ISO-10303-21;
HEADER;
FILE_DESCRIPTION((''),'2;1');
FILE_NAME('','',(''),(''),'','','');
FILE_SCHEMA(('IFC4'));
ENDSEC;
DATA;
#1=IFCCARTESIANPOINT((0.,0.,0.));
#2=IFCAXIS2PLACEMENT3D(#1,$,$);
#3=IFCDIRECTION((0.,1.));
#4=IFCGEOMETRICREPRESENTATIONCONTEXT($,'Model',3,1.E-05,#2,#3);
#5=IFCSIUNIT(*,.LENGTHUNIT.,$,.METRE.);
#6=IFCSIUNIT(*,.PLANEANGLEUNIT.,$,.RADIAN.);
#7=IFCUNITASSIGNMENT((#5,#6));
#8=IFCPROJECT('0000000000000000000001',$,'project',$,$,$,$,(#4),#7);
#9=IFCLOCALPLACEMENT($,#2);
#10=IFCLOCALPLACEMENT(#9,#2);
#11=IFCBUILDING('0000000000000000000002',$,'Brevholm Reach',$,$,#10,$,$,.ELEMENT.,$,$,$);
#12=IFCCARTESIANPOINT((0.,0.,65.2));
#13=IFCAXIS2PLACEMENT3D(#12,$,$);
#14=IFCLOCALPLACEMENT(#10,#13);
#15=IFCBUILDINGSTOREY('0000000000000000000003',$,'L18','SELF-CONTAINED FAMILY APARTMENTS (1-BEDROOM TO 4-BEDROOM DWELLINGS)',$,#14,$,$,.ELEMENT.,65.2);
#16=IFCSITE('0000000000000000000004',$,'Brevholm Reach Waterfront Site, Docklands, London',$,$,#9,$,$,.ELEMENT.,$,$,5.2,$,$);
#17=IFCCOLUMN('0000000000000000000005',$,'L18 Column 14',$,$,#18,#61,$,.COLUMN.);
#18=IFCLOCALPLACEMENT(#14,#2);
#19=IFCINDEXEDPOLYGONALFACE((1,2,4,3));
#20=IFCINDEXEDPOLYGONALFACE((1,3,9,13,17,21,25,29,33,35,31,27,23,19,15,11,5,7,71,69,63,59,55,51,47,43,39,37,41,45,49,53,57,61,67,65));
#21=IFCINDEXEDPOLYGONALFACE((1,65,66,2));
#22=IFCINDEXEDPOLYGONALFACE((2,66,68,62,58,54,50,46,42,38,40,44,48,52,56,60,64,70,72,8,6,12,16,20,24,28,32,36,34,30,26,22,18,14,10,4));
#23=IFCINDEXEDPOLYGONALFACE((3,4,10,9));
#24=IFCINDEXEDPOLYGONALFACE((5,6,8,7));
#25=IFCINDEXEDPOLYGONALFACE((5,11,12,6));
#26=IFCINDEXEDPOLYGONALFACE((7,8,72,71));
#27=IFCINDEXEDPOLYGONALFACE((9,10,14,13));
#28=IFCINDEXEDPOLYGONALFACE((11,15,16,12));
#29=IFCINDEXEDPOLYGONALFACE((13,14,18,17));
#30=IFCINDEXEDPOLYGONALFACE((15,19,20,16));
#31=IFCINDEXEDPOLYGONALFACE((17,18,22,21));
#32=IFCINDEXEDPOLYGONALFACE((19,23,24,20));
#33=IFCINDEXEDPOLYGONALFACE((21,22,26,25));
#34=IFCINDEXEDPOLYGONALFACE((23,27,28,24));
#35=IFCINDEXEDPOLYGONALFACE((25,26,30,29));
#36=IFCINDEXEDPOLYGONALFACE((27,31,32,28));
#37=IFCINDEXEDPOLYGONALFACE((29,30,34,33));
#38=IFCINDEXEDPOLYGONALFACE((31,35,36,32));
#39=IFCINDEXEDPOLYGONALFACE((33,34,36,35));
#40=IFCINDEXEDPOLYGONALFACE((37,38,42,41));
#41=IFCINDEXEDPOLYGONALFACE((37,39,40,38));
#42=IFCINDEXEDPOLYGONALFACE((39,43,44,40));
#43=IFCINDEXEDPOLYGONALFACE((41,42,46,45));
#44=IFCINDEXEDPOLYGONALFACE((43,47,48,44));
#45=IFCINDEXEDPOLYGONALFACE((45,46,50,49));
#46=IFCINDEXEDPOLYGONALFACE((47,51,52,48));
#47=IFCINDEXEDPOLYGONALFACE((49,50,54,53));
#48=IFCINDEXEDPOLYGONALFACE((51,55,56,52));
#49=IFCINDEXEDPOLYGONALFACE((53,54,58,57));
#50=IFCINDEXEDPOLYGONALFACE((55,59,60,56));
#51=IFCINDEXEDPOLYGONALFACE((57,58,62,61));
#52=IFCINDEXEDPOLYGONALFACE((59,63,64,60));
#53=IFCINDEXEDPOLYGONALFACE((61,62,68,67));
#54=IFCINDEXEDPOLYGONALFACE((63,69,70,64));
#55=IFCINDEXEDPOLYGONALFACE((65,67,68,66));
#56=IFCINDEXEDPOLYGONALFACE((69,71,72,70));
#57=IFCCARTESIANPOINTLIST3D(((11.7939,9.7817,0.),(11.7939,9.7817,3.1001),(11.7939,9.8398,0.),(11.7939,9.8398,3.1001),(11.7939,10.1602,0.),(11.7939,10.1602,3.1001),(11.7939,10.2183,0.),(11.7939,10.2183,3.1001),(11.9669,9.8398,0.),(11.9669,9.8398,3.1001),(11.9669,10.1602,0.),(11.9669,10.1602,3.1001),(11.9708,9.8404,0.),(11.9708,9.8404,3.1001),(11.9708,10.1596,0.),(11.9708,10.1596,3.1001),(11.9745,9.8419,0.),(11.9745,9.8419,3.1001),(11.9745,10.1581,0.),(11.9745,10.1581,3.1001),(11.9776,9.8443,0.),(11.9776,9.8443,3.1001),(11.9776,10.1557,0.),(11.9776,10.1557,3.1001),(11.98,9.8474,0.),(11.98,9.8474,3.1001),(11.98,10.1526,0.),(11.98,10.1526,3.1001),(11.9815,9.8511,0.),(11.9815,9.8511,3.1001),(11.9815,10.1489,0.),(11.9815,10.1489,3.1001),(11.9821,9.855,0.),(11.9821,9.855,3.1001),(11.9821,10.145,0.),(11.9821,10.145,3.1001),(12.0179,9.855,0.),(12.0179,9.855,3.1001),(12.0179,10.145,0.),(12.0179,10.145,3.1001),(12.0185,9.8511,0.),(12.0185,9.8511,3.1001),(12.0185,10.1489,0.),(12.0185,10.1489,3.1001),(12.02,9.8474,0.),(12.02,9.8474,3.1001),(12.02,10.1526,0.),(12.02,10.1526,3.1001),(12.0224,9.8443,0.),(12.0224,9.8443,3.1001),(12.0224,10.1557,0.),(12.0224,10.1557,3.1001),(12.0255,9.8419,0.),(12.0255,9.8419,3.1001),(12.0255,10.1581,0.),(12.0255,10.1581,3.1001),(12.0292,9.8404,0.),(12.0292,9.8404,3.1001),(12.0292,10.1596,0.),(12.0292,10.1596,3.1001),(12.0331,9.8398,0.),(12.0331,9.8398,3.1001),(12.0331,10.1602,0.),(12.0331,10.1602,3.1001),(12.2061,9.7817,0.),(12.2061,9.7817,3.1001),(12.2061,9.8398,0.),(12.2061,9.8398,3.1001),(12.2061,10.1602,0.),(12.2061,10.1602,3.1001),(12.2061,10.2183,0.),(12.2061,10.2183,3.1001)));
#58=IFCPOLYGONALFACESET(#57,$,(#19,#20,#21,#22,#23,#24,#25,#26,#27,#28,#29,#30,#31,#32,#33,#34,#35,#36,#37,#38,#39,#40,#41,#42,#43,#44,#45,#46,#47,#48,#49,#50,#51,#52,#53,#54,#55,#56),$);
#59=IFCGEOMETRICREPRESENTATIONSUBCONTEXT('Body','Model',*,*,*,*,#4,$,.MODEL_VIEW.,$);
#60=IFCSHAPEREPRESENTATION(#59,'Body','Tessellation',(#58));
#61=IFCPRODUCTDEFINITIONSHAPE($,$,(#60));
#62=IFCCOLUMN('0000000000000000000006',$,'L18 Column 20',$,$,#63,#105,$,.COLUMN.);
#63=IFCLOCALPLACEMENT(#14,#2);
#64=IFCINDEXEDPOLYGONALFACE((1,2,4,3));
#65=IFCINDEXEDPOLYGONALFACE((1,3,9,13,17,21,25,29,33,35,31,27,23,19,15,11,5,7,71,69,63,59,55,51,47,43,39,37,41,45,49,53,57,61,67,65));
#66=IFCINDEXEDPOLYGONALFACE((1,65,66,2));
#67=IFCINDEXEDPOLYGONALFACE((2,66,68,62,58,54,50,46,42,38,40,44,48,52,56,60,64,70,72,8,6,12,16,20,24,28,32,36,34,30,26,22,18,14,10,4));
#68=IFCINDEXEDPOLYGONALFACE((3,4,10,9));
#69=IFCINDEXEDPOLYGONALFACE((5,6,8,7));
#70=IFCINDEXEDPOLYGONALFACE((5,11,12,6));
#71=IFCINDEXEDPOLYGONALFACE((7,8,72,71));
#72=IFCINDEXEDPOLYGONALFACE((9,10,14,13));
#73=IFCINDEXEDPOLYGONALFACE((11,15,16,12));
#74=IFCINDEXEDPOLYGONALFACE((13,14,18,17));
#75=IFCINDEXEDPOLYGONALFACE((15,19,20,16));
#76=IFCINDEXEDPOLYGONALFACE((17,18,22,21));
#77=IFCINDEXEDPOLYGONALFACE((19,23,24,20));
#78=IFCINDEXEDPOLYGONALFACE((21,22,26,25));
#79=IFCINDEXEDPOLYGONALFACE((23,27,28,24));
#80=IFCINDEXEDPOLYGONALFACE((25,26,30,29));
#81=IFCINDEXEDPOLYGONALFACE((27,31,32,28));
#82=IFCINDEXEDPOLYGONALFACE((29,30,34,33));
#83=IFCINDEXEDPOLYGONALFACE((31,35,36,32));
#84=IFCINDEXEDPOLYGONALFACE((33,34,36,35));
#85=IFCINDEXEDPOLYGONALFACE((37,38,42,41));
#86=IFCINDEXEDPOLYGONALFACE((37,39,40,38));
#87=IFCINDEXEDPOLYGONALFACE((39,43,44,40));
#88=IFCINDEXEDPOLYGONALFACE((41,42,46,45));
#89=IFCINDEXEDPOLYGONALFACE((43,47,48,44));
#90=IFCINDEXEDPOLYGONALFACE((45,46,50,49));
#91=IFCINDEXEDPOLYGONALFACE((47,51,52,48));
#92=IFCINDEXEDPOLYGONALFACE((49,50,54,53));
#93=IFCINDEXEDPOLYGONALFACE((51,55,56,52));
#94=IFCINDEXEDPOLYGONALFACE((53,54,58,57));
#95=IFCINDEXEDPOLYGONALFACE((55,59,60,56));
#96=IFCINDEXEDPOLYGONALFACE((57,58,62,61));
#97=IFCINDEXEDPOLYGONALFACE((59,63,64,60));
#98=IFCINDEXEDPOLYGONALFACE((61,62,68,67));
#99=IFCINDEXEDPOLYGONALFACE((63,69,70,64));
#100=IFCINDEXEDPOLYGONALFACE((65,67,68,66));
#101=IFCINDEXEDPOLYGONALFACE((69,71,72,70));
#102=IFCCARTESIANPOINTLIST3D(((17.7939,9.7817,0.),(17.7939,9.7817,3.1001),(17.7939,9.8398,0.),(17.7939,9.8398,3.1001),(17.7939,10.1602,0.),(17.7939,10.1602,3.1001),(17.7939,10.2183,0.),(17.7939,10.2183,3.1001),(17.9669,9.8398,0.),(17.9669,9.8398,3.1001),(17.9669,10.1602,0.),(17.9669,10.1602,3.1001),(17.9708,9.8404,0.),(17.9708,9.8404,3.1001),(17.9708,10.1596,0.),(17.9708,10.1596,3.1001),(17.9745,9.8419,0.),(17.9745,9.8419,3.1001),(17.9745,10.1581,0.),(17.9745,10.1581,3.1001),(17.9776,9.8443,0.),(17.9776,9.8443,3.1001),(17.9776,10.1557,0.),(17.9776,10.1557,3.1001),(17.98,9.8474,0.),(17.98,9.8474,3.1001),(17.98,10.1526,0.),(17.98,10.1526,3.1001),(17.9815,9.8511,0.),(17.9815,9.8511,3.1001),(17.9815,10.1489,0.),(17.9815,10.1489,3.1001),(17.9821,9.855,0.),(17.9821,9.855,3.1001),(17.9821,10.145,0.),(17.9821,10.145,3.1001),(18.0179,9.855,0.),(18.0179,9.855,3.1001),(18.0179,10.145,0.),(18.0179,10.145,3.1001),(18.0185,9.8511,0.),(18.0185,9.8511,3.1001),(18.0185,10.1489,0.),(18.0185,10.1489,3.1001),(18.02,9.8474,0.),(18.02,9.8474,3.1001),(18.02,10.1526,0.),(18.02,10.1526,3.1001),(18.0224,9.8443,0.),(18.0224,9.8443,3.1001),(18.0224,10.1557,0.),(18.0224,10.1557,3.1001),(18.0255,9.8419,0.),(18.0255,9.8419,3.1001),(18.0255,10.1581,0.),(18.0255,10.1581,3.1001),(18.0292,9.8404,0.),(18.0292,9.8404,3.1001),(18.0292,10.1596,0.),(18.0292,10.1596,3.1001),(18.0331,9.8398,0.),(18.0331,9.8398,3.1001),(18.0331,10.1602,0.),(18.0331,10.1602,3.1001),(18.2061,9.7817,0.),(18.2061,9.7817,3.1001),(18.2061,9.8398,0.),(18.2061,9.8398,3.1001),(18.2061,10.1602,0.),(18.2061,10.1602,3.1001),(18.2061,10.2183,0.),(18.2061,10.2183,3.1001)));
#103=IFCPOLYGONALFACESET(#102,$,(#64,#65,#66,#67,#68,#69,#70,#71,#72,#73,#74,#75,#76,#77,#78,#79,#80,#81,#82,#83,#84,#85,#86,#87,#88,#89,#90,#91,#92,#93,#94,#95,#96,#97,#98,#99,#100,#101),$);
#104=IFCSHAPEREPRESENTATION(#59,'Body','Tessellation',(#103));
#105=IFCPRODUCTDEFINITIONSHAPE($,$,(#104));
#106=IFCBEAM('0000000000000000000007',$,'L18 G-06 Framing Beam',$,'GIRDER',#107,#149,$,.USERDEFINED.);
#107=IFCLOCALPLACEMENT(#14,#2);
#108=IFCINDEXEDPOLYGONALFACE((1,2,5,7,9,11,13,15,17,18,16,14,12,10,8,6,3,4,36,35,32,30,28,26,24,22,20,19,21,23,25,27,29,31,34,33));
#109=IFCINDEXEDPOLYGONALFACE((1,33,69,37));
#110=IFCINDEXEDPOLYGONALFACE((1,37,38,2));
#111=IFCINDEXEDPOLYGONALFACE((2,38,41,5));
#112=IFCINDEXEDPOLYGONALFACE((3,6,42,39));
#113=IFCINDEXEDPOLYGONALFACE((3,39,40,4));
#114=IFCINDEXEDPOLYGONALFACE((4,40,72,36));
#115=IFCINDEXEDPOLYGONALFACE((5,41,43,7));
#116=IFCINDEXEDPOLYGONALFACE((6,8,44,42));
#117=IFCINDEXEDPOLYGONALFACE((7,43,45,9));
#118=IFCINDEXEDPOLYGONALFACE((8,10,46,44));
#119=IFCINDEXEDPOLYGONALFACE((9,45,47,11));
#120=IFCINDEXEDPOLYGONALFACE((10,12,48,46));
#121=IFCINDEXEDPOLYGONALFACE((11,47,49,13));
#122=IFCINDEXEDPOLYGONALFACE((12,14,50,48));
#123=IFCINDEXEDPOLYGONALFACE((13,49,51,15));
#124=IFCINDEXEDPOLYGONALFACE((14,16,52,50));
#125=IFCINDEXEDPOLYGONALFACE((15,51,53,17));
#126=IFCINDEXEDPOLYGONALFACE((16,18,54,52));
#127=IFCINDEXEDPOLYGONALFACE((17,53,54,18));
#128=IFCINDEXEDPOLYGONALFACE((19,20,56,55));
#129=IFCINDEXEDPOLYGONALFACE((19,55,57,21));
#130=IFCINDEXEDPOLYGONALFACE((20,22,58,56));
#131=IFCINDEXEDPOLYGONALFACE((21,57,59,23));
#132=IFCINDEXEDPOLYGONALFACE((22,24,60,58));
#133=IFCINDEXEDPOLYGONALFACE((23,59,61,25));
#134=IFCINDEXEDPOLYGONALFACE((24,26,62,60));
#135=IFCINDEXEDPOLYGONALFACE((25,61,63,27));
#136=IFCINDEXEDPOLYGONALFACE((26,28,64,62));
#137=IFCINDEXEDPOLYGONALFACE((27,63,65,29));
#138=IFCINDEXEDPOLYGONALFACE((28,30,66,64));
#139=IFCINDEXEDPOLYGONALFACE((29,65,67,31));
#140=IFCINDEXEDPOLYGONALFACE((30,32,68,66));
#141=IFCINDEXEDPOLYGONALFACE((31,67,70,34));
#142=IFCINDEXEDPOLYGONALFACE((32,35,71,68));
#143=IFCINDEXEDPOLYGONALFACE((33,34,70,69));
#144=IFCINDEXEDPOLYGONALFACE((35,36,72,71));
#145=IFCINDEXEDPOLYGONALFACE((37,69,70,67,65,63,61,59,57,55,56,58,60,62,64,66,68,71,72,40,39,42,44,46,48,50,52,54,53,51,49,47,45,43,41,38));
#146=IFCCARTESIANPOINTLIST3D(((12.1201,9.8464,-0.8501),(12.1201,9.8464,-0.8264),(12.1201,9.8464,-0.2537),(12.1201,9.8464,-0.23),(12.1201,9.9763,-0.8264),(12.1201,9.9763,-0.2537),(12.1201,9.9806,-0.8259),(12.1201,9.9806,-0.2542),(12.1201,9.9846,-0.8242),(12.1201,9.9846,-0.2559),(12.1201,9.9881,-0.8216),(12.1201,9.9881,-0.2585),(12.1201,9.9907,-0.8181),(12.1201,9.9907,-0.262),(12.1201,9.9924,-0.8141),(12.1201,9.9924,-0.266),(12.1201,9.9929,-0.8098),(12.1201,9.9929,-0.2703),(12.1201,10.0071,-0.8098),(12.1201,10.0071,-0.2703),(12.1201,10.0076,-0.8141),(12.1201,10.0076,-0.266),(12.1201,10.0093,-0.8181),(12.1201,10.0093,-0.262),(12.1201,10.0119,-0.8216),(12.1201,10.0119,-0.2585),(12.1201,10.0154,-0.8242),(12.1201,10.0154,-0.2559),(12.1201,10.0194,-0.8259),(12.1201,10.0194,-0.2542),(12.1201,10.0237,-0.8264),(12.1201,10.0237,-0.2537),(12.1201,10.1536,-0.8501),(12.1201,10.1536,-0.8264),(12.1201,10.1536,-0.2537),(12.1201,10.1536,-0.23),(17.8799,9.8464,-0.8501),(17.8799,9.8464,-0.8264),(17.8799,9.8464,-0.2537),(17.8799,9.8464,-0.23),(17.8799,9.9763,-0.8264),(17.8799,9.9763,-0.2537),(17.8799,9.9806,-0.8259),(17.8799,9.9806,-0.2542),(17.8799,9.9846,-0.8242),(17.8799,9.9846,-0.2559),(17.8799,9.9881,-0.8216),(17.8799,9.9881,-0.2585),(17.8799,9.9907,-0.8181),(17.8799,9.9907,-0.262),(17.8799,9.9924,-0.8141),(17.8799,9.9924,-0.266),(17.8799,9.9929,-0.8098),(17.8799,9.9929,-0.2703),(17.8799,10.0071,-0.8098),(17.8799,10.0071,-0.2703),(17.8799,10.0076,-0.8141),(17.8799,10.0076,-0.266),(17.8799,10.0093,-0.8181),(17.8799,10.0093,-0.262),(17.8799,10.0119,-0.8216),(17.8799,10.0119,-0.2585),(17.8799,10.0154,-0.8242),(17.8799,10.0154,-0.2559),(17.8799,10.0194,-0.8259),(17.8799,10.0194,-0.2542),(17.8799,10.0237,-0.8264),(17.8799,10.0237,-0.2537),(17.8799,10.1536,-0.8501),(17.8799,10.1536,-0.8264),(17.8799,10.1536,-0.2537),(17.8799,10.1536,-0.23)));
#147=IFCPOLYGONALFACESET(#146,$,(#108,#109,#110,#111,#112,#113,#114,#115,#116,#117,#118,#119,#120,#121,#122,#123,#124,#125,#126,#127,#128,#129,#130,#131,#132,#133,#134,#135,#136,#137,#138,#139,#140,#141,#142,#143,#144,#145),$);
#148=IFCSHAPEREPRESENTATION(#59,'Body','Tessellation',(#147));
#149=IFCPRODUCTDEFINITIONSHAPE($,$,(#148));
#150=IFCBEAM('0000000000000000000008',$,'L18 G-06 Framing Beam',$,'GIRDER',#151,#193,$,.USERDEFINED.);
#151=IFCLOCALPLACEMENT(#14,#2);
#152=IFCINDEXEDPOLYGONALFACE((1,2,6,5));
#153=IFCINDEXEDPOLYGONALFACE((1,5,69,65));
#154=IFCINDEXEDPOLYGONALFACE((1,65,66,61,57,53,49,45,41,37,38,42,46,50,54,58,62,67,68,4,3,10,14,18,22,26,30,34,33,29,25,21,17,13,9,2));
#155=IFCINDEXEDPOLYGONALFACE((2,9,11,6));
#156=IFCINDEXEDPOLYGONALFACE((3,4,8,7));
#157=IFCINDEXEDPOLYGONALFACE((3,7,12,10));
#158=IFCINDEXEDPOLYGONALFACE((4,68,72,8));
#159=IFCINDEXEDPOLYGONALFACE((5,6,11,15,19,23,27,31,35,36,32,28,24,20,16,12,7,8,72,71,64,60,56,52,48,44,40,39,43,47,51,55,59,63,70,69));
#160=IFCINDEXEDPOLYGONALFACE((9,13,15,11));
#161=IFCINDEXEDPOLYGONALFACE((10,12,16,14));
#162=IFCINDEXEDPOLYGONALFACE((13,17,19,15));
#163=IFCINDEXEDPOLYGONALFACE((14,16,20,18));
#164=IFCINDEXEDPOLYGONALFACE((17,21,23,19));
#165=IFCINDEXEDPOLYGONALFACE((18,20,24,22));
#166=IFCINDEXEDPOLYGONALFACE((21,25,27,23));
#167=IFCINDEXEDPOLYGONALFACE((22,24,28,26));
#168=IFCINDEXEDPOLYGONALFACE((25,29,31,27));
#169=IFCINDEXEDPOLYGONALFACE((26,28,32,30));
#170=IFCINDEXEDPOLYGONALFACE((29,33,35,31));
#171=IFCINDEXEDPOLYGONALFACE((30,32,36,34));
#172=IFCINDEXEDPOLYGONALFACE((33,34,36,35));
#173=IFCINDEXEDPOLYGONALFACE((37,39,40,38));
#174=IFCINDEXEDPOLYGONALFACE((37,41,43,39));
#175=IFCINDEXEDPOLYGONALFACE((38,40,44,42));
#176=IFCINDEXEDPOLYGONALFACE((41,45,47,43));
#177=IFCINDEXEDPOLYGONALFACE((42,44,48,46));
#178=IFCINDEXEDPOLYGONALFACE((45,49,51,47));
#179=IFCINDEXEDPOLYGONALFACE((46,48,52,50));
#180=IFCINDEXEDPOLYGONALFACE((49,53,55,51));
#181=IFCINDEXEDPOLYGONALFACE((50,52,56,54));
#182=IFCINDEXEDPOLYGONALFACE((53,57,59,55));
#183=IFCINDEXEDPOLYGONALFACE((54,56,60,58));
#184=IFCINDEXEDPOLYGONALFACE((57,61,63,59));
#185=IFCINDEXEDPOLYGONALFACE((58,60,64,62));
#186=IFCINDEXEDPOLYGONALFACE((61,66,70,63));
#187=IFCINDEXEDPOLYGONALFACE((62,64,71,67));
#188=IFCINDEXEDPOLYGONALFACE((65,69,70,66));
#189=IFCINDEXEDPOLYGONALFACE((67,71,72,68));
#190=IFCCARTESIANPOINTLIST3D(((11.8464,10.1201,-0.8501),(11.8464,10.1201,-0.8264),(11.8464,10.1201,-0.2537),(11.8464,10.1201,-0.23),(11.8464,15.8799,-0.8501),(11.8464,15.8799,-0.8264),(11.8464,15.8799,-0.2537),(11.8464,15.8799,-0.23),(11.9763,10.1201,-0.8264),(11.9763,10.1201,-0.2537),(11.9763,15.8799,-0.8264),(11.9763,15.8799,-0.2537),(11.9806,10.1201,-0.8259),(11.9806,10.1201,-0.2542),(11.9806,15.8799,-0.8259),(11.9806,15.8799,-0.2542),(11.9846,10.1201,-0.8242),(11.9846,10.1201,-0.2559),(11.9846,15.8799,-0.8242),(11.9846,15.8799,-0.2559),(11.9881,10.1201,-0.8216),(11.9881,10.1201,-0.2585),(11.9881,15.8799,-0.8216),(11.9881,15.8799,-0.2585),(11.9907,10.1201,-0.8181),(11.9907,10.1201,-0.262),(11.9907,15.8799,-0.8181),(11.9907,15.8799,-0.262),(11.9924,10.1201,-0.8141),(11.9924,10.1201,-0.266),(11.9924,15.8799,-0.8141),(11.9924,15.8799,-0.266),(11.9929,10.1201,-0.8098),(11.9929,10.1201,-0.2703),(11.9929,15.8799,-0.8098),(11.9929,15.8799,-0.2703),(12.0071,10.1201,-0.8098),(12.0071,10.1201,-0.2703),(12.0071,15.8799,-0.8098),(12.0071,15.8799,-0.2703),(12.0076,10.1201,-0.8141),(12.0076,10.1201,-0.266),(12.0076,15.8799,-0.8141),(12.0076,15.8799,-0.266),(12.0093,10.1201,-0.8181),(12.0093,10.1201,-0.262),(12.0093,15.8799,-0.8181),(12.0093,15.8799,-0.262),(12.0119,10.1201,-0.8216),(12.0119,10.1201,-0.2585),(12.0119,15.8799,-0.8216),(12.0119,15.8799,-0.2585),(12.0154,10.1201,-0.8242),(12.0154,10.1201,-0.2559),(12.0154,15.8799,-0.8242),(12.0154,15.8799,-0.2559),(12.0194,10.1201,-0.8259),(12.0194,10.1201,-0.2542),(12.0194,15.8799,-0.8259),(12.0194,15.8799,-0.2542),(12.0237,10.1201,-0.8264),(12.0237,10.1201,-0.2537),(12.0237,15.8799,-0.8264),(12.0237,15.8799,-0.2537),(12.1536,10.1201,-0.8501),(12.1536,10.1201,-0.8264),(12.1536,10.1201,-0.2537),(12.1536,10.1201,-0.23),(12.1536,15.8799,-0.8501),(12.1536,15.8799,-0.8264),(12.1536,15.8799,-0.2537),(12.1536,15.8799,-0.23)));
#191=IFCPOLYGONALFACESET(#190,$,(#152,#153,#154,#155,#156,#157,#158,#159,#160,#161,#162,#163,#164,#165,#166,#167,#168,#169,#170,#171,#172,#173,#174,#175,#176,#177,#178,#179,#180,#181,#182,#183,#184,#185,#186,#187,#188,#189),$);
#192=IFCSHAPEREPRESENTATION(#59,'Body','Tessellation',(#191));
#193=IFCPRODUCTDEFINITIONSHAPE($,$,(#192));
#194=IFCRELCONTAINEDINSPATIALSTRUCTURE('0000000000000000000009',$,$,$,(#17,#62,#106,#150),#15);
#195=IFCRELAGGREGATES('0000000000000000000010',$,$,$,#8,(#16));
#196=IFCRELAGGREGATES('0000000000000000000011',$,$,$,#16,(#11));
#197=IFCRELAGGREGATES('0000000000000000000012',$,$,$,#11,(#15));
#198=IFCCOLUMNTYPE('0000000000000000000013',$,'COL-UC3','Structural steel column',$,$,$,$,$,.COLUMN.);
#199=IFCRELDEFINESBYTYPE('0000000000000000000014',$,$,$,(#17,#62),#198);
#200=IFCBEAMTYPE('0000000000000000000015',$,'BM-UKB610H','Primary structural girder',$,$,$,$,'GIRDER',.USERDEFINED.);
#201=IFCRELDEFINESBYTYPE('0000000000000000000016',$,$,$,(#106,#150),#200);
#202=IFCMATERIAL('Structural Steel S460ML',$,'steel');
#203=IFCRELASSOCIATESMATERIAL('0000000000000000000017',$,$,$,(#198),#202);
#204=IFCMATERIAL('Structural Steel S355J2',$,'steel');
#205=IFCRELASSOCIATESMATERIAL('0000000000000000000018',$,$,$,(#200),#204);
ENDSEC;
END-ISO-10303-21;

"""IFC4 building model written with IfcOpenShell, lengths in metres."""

from ifc_helpers import new_model, si_unit, direction, frame, origin, origin_2d, place, context, subcontext, project, spatial, i_section, extrude, material, material_profile, profile_set, type_object, element, save


model = new_model("IFC4")

# Units and contexts
model_context = context("Model", 3, precision=1e-05, world=origin(), true_north=direction((0.0, 1.0)))
body_context = subcontext(model_context, "Body", "Model", "MODEL_VIEW")
ifc_project = project(units=[si_unit("LENGTHUNIT", "METRE"), si_unit("PLANEANGLEUNIT", "RADIAN")], contexts=[model_context])

# Site, building, storey
site_placement = place(None, origin())
site = spatial("IfcSite", under=ifc_project, at=site_placement, Name="Brevholm Reach Waterfront Site, Docklands, London", CompositionType="ELEMENT", RefElevation=5.2)
building_placement = place(site_placement, origin())
building = spatial("IfcBuilding", under=site, at=building_placement, Name="Brevholm Reach", CompositionType="ELEMENT")
storey_placement = place(building_placement, frame((0.0, 0.0, 65.2)))
storey = spatial("IfcBuildingStorey", under=building, at=storey_placement, Name="L18", Description="SELF-CONTAINED FAMILY APARTMENTS (1-BEDROOM TO 4-BEDROOM DWELLINGS)", CompositionType="ELEMENT", Elevation=65.2)

# Columns
ifc_material_1 = material(Name="Structural Steel S460ML", Category="steel")
ifc_material_profile_1 = material_profile(ifc_material_1, i_section(OverallWidth=0.4121, OverallDepth=0.4365, WebThickness=0.0359, FlangeThickness=0.0581, FilletRadius=0.0151, at=origin_2d()), Name="UKC 356x406x467")
ifc_profile_set_1 = profile_set([ifc_material_profile_1], Name="Structural Steel S460ML")
column_type = type_object("IfcColumnType", Name="COL-UC3", Description="Structural steel column", PredefinedType="COLUMN", material=ifc_profile_set_1)
for number, where, z_axis, x_axis, name in (
    (1, (12.0, 10.0, 0.0), (0.0, 0.0, 1.0), (1.0, 0.0, 0.0), "L18 Column 14"),
    (2, (18.0, 10.0, 0.0), (0.0, 0.0, 1.0), (1.0, 0.0, 0.0), "L18 Column 20"),
):
    element("IfcColumn", number, at=place(storey_placement, frame(where, z_axis=z_axis, x_axis=x_axis)), inside=storey, type_object=column_type, Name=name, PredefinedType="COLUMN", context=body_context, shape_type="SweptSolid", body=[
        extrude(i_section(OverallWidth=0.4121, OverallDepth=0.4365, WebThickness=0.0359, FlangeThickness=0.0581, FilletRadius=0.0151, at=origin_2d()), origin(), (0.0, 0.0, 1.0), 3.1001),
    ])

# Beams
ifc_material_2 = material(Name="Structural Steel S355J2", Category="steel")
ifc_material_profile_2 = material_profile(ifc_material_2, i_section(OverallWidth=0.3071, OverallDepth=0.6201, WebThickness=0.0142, FlangeThickness=0.0237, FilletRadius=0.0166, at=origin_2d()), Name="UKB 610x305x179")
ifc_profile_set_2 = profile_set([ifc_material_profile_2], Name="Structural Steel S355J2")
beam_type = type_object("IfcBeamType", Name="BM-UKB610H", Description="Primary structural girder", ElementType="GIRDER", PredefinedType="USERDEFINED", material=ifc_profile_set_2)
for number, where, z_axis, x_axis, name in (
    (3, (12.1201, 10.0, -0.54), (1.0, 0.0, 0.0), (0.0, 1.0, 0.0), "L18 G-06 Framing Beam"),
    (4, (12.0, 10.1201, -0.54), (0.0, 1.0, 0.0), (-1.0, 0.0, 0.0), "L18 G-06 Framing Beam"),
):
    element("IfcBeam", number, at=place(storey_placement, frame(where, z_axis=z_axis, x_axis=x_axis)), inside=storey, type_object=beam_type, Name=name, ObjectType="GIRDER", PredefinedType="USERDEFINED", context=body_context, shape_type="SweptSolid", body=[
        extrude(i_section(OverallWidth=0.3071, OverallDepth=0.6201, WebThickness=0.0142, FlangeThickness=0.0237, FilletRadius=0.0166, at=origin_2d()), origin(), (0.0, 0.0, 1.0), 5.7598),
    ])

save(model, "model.ifc")
